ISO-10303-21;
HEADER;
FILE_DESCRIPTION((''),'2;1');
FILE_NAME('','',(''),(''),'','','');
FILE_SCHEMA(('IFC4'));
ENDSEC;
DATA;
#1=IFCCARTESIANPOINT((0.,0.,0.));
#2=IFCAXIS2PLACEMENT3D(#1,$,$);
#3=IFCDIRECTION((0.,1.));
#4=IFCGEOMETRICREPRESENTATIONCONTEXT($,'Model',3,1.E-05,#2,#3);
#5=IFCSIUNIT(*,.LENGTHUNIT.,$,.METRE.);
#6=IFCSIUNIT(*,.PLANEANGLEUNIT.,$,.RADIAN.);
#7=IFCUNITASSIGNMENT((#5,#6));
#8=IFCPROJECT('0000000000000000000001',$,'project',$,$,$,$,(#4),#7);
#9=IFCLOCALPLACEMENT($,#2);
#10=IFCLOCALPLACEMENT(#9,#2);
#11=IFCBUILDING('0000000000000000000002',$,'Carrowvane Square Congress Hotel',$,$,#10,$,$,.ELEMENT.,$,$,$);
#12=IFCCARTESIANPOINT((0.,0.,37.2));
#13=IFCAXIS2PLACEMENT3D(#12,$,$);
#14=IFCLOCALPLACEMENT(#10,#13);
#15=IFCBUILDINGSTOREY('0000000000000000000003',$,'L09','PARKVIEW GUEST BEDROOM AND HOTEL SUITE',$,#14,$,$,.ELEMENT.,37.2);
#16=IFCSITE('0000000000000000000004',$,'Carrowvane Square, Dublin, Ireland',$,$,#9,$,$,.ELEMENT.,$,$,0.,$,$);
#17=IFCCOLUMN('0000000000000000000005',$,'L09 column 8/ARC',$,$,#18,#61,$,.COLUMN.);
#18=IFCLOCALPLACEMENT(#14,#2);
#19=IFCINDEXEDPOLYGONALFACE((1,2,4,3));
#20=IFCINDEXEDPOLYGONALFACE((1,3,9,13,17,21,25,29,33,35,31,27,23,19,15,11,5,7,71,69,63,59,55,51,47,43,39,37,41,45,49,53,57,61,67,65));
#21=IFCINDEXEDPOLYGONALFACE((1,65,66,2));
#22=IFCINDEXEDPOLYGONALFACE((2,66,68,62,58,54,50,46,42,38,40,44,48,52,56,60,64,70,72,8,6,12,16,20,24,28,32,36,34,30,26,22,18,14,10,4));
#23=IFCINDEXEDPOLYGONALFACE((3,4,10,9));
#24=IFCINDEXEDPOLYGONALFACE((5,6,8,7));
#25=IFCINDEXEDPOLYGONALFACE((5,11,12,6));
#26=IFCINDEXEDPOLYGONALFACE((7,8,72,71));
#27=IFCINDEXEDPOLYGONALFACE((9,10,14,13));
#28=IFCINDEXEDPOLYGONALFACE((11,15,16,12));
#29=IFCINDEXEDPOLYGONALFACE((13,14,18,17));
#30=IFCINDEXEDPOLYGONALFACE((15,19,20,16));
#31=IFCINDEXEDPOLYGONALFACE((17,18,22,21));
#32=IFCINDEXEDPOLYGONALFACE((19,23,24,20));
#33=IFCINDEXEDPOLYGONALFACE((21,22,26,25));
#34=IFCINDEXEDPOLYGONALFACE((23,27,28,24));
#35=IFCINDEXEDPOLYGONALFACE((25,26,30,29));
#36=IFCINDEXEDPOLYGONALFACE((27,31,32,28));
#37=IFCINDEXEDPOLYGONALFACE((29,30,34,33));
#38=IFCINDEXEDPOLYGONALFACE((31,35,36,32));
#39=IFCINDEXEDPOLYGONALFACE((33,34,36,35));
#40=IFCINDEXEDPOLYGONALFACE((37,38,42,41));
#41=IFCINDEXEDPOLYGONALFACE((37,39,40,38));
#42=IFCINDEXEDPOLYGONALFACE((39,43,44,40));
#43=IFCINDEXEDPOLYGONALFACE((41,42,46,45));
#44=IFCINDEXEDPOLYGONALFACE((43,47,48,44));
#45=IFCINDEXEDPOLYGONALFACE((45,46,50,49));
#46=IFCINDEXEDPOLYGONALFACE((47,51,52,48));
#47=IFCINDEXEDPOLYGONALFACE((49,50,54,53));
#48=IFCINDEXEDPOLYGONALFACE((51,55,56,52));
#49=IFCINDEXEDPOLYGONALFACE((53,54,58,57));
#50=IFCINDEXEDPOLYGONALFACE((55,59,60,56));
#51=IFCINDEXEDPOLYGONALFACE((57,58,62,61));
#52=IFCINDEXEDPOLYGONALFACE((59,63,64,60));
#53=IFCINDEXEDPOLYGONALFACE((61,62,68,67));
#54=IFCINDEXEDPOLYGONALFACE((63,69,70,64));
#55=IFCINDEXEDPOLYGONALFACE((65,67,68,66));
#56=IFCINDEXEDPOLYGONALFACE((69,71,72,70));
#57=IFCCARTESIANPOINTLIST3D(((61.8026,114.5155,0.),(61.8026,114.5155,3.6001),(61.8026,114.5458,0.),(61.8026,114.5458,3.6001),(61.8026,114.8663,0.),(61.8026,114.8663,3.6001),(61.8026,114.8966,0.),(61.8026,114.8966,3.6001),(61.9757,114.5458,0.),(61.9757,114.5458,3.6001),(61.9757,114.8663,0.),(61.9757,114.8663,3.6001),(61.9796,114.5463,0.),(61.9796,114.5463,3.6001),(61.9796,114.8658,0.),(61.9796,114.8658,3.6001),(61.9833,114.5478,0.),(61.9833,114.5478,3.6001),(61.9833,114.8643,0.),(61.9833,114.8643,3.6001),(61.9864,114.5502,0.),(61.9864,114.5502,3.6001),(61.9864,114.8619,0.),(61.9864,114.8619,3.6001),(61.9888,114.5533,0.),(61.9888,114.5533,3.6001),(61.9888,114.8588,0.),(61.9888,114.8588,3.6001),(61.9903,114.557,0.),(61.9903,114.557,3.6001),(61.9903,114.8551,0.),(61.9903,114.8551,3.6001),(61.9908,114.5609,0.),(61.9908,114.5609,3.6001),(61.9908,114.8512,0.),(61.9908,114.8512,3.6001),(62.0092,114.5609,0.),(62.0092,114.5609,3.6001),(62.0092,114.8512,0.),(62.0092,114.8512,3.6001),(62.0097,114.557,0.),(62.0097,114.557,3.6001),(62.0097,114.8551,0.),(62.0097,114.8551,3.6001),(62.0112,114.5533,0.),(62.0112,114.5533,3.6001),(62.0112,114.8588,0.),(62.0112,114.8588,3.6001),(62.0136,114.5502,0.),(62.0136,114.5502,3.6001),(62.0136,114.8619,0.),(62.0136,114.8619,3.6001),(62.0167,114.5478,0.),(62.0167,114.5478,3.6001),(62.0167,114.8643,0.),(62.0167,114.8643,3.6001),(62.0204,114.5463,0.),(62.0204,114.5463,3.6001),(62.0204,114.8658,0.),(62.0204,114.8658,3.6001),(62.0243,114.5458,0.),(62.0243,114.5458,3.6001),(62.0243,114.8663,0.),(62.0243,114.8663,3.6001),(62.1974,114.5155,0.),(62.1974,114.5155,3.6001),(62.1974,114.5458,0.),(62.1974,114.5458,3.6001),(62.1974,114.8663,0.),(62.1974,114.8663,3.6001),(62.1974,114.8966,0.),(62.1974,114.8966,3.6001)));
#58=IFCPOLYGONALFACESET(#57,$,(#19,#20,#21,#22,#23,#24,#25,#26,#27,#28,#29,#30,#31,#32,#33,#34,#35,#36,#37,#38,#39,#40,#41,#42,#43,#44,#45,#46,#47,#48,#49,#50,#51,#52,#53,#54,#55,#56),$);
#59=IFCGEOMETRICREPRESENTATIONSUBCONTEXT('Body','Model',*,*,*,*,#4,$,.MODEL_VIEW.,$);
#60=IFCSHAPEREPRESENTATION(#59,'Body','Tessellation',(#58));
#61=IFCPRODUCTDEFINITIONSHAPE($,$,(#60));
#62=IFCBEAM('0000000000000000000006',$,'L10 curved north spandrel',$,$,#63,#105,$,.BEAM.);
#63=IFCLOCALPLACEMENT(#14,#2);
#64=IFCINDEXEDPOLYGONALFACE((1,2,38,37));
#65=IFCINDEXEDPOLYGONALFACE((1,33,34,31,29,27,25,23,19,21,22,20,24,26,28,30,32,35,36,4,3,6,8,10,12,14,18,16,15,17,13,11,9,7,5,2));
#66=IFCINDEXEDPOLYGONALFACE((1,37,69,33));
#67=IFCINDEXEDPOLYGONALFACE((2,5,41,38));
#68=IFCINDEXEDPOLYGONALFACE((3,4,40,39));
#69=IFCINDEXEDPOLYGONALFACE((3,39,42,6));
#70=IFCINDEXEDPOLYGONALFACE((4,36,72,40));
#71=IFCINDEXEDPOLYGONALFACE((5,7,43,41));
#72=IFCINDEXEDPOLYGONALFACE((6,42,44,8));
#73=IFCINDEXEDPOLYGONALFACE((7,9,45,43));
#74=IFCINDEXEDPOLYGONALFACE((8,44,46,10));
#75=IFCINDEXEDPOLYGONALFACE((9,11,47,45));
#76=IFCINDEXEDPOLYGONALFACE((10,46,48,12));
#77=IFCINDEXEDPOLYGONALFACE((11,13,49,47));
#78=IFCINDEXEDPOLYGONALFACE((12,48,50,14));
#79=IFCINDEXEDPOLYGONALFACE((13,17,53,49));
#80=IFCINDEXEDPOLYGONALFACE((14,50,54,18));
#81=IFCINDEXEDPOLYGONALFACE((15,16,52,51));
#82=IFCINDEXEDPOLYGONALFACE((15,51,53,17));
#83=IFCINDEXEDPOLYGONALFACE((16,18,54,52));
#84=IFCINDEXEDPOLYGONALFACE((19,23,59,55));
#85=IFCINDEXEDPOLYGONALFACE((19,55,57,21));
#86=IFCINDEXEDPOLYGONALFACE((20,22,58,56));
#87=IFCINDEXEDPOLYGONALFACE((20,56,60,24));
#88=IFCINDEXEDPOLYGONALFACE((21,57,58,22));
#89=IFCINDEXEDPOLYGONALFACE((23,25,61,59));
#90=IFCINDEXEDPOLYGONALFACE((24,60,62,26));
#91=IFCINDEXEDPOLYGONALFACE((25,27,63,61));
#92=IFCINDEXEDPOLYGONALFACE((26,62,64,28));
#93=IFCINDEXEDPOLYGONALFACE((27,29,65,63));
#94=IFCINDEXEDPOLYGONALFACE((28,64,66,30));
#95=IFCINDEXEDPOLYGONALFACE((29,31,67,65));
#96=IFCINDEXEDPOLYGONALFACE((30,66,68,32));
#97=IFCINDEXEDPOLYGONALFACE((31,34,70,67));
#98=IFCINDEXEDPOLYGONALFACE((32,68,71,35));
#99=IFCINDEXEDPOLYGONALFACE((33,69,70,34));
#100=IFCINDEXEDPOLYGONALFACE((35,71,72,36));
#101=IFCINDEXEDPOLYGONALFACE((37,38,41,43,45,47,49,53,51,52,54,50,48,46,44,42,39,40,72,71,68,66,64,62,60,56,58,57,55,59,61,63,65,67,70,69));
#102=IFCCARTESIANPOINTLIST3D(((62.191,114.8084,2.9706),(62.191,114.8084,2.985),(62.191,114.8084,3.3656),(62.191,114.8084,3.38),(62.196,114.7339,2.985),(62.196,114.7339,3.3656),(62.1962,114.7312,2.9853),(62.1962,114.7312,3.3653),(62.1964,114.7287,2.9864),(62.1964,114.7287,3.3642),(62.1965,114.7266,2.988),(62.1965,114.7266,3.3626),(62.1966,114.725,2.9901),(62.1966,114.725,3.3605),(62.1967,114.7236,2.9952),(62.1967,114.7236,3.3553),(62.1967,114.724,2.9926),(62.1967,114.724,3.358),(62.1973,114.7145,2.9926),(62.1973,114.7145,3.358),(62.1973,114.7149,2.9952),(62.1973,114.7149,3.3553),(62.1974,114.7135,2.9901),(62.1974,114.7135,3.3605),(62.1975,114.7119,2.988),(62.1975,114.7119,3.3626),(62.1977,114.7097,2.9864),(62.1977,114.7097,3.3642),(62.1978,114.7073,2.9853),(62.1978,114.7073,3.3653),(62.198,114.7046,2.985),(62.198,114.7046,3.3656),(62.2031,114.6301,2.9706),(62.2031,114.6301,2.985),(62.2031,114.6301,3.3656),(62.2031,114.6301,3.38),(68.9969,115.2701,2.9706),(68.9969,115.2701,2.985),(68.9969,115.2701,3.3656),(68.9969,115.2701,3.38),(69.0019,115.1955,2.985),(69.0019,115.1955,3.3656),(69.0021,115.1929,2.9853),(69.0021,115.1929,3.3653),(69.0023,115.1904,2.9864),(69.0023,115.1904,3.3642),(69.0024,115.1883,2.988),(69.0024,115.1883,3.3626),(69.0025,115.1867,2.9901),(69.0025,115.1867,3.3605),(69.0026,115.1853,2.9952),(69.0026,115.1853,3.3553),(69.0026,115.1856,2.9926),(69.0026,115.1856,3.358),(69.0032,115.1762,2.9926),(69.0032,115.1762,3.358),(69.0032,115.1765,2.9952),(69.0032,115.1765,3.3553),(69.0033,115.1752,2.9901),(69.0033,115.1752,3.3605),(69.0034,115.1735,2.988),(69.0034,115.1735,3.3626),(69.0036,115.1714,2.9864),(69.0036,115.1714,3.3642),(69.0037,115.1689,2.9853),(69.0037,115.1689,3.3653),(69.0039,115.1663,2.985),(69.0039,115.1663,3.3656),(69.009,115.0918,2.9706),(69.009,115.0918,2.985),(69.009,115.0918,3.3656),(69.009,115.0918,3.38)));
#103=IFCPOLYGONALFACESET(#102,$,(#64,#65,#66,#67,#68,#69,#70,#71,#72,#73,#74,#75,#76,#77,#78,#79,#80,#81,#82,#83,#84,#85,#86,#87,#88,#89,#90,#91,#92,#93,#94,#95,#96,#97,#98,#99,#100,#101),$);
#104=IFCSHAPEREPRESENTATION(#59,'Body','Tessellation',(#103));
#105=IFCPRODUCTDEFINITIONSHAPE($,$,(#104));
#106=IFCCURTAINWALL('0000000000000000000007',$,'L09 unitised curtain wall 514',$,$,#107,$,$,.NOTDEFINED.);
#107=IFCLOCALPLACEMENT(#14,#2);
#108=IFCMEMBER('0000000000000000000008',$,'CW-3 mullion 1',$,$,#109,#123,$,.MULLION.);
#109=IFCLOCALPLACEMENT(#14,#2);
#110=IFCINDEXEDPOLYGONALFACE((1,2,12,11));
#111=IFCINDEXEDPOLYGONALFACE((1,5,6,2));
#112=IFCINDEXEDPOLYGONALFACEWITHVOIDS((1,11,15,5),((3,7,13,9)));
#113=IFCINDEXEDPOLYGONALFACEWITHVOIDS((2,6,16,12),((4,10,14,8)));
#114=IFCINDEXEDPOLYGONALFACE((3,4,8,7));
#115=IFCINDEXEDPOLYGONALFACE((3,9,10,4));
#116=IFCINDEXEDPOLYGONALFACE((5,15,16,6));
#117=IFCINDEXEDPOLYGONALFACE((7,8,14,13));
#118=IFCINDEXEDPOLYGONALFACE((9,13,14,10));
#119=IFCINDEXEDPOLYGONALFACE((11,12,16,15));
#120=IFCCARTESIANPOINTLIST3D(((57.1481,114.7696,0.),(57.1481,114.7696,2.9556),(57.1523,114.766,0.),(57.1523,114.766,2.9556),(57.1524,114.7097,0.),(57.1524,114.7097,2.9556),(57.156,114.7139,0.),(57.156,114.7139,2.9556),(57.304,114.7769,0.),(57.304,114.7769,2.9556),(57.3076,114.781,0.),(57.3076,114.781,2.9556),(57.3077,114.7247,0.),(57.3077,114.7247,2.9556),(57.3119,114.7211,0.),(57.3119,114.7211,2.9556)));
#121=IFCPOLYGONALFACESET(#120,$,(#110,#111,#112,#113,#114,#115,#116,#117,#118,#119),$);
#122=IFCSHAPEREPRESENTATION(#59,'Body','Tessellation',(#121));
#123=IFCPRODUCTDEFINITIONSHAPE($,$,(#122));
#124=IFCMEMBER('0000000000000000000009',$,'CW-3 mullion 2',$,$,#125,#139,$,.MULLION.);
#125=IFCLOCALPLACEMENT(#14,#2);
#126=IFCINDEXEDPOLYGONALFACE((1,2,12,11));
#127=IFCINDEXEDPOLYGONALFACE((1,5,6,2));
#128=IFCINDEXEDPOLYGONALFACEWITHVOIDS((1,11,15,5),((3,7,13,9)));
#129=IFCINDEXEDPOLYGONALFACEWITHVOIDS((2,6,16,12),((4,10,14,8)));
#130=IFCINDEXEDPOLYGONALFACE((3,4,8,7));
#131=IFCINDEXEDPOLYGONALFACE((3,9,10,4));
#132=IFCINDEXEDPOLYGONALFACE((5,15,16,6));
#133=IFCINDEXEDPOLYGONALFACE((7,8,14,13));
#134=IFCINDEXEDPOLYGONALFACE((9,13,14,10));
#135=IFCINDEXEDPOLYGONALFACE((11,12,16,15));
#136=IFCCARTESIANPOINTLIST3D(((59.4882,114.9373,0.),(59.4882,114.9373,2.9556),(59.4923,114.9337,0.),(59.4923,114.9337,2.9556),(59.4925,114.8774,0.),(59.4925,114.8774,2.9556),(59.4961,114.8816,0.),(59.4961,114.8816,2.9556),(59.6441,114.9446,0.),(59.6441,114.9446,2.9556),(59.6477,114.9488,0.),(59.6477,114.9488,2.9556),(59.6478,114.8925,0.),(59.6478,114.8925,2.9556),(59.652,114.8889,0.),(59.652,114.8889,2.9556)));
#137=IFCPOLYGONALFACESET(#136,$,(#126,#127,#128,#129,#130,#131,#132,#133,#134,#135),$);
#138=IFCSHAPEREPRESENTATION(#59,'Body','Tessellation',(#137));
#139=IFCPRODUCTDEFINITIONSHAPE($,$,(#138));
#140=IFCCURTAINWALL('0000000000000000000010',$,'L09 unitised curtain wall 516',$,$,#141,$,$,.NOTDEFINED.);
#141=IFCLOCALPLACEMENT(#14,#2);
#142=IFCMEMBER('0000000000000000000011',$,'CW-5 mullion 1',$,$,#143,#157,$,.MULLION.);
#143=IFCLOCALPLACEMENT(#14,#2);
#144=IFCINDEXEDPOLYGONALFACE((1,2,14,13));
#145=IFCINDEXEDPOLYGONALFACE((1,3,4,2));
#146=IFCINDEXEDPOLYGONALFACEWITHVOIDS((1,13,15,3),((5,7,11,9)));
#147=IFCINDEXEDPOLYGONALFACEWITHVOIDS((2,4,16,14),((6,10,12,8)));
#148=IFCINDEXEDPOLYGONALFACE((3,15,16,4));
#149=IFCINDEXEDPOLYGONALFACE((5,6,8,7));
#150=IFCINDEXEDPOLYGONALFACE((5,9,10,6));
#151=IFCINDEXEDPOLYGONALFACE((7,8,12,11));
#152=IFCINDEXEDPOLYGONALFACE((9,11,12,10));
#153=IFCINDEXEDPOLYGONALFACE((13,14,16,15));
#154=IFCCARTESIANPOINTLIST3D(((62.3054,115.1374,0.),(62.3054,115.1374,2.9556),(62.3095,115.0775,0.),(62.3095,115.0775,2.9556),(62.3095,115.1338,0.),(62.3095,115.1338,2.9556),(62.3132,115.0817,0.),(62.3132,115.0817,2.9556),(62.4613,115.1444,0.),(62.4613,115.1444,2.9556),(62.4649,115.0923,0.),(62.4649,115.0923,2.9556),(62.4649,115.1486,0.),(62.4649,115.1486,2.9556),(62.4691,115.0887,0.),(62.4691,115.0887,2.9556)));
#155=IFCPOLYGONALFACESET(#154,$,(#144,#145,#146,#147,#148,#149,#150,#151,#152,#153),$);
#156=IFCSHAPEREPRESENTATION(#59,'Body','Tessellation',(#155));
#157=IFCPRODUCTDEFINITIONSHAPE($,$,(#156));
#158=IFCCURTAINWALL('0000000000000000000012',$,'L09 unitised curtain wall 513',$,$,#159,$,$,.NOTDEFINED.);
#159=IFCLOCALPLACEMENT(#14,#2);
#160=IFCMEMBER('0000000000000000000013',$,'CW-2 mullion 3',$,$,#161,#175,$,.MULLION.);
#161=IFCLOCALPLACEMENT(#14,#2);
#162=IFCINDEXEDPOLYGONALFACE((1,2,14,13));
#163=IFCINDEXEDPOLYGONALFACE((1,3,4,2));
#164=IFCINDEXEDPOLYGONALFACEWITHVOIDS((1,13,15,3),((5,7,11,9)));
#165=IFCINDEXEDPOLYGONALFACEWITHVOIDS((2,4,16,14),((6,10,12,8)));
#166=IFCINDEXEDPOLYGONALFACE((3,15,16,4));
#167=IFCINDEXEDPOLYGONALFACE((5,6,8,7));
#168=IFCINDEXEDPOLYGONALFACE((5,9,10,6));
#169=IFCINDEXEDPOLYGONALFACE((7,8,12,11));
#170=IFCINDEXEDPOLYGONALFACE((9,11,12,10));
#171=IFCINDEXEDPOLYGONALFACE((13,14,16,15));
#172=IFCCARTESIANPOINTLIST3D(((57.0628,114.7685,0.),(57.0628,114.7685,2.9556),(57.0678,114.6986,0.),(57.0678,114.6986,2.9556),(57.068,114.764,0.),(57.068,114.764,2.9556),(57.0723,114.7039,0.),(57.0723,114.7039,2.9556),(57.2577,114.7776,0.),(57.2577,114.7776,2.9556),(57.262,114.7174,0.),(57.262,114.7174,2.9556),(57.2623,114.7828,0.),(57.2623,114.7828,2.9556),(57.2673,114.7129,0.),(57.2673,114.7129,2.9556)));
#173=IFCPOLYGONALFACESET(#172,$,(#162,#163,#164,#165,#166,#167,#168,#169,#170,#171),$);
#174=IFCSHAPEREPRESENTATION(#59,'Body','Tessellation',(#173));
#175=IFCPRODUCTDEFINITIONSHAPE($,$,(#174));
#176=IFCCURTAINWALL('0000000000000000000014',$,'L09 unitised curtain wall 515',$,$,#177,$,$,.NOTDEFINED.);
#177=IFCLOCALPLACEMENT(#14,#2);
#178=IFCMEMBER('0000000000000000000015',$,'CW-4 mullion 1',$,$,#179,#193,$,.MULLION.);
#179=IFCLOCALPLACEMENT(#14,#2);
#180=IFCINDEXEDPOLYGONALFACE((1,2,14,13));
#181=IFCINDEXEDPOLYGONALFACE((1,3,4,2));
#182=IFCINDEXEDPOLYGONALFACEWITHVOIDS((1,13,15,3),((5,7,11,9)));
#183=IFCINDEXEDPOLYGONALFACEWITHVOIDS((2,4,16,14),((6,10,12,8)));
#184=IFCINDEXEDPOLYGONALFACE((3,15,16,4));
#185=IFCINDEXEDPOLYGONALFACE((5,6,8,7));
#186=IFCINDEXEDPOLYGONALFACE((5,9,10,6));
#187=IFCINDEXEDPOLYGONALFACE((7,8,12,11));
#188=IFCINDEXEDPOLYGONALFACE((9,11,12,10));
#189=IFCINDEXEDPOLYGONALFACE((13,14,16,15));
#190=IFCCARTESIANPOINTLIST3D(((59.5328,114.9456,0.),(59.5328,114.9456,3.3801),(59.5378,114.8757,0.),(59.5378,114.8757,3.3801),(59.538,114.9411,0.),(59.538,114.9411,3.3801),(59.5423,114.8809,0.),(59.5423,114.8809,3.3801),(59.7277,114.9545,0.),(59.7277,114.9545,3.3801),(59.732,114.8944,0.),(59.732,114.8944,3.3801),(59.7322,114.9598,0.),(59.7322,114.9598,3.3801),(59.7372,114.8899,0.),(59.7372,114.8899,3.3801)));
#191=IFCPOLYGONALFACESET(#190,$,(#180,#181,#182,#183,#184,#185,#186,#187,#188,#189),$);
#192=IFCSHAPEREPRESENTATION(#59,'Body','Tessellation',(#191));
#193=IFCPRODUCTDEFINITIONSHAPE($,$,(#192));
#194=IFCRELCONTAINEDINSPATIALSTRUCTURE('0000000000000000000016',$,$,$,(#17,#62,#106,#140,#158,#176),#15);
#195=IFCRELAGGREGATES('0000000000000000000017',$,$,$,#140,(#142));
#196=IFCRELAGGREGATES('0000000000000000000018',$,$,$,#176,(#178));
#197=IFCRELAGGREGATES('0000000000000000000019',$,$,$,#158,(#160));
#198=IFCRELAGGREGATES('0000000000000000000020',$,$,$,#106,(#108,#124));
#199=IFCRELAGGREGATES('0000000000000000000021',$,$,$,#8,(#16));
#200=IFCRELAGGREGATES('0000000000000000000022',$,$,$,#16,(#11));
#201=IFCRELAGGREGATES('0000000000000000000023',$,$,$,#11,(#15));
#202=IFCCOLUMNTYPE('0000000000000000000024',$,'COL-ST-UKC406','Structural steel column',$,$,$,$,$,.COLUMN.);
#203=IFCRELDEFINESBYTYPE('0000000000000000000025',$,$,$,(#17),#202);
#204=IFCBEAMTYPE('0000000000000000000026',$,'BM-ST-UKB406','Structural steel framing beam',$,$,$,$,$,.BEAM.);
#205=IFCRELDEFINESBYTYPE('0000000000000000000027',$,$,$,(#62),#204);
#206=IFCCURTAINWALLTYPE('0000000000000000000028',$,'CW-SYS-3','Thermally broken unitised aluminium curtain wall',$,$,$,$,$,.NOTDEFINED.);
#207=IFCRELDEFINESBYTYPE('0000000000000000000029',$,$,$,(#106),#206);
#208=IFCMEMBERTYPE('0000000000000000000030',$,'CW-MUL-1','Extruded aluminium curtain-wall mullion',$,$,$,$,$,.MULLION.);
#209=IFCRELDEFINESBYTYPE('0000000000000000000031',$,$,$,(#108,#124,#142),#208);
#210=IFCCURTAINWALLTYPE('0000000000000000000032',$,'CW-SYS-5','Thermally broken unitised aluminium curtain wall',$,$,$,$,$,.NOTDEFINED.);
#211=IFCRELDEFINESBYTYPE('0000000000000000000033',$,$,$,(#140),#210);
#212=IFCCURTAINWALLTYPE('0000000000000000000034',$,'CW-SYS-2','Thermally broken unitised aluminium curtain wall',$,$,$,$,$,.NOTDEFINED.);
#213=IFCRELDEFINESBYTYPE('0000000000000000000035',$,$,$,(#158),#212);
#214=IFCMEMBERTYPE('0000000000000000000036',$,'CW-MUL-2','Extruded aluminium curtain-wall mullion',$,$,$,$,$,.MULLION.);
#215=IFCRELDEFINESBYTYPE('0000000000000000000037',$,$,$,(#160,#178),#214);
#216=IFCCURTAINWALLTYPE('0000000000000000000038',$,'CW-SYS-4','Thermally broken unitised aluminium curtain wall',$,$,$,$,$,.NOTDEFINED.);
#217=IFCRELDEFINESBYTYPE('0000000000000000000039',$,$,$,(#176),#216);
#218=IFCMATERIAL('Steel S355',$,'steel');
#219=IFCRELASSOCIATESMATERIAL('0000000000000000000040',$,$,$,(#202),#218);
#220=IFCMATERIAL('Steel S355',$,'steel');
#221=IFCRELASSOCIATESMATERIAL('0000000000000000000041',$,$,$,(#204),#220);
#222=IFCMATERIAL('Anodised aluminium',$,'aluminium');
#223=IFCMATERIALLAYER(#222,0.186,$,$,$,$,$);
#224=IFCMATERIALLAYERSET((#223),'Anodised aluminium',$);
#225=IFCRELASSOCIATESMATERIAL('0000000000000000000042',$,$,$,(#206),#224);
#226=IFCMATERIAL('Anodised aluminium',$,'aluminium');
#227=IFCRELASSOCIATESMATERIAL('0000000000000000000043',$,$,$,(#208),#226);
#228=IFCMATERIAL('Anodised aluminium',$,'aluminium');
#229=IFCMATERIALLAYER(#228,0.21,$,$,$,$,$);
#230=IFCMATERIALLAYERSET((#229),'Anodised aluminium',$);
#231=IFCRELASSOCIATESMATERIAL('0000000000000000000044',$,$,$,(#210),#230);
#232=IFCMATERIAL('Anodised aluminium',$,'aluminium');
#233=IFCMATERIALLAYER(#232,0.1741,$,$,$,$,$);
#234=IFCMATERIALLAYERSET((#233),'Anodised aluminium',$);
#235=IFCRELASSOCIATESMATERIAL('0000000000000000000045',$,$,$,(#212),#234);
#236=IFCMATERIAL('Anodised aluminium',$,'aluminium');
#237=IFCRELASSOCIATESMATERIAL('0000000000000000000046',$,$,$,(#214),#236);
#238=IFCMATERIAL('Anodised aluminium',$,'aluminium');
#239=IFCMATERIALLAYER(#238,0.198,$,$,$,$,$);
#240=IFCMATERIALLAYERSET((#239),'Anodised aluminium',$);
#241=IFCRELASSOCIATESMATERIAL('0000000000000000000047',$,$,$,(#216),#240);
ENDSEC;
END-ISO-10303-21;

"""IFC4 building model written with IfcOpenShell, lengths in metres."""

from ifc_helpers import new_model, si_unit, direction, frame, origin, origin_2d, place, context, subcontext, project, spatial, hollow_rectangle, i_section, extrude, material, layer, layer_set, material_profile, profile_set, type_object, element, aggregate, save


model = new_model("IFC4")

# Units and contexts
model_context = context("Model", 3, precision=1e-05, world=origin(), true_north=direction((0.0, 1.0)))
body_context = subcontext(model_context, "Body", "Model", "MODEL_VIEW")
ifc_project = project(units=[si_unit("LENGTHUNIT", "METRE"), si_unit("PLANEANGLEUNIT", "RADIAN")], contexts=[model_context])

# Site, building, storey
site_placement = place(None, origin())
site = spatial("IfcSite", under=ifc_project, at=site_placement, Name="Carrowvane Square, Dublin, Ireland", CompositionType="ELEMENT", RefElevation=0.0)
building_placement = place(site_placement, origin())
building = spatial("IfcBuilding", under=site, at=building_placement, Name="Carrowvane Square Congress Hotel", CompositionType="ELEMENT")
storey_placement = place(building_placement, frame((0.0, 0.0, 37.2)))
storey = spatial("IfcBuildingStorey", under=building, at=storey_placement, Name="L09", Description="PARKVIEW GUEST BEDROOM AND HOTEL SUITE", CompositionType="ELEMENT", Elevation=37.2)

# Column
ifc_material_1 = material(Name="Steel S355", Category="steel")
ifc_material_profile_1 = material_profile(ifc_material_1, i_section(OverallWidth=0.3948, OverallDepth=0.3811, WebThickness=0.0183, FlangeThickness=0.0303, FilletRadius=0.0151, at=origin_2d()), Name="UKC 356x406x235")
ifc_profile_set_1 = profile_set([ifc_material_profile_1], Name="Steel S355")
column_type = type_object("IfcColumnType", Name="COL-ST-UKC406", Description="Structural steel column", PredefinedType="COLUMN", material=ifc_profile_set_1)
column_placement = place(storey_placement, frame((62.0, 114.7061, 0.0), z_axis=(0.0, 0.0, 1.0), x_axis=(1.0, 0.0, 0.0)))
element("IfcColumn", 1, at=column_placement, inside=storey, type_object=column_type, Name="L09 column 8/ARC", PredefinedType="COLUMN", context=body_context, shape_type="SweptSolid", body=[
    extrude(i_section(OverallWidth=0.3948, OverallDepth=0.3811, WebThickness=0.0183, FlangeThickness=0.0303, FilletRadius=0.0151, at=origin_2d()), origin(), (0.0, 0.0, 1.0), 3.6001),
])

# Beam
ifc_material_2 = material(Name="Steel S355", Category="steel")
ifc_material_profile_2 = material_profile(ifc_material_2, i_section(OverallWidth=0.1787, OverallDepth=0.4094, WebThickness=0.0088, FlangeThickness=0.0144, FilletRadius=0.0103, at=origin_2d()), Name="UKB 406x178x67")
ifc_profile_set_2 = profile_set([ifc_material_profile_2], Name="Steel S355")
beam_type = type_object("IfcBeamType", Name="BM-ST-UKB406", Description="Structural steel framing beam", PredefinedType="BEAM", material=ifc_profile_set_2)
beam_placement = place(storey_placement, frame((62.197, 114.7192, 3.1753), z_axis=(0.997707, 0.067678, 0.0), x_axis=(-0.067678, 0.997707, 0.0)))
element("IfcBeam", 2, at=beam_placement, inside=storey, type_object=beam_type, Name="L10 curved north spandrel", PredefinedType="BEAM", context=body_context, shape_type="SweptSolid", body=[
    extrude(i_section(OverallWidth=0.1787, OverallDepth=0.4094, WebThickness=0.0088, FlangeThickness=0.0144, FilletRadius=0.0103, at=origin_2d()), origin(), (0.0, 0.0, 1.0), 6.8215),
])

# Curtain wall, members
ifc_material_3 = material(Name="Anodised aluminium", Category="aluminium")
ifc_layer_1 = layer(ifc_material_3, 0.186)
ifc_layer_set_1 = layer_set([ifc_layer_1], Name="Anodised aluminium")
curtain_wall_type_1 = type_object("IfcCurtainWallType", Name="CW-SYS-3", Description="Thermally broken unitised aluminium curtain wall", PredefinedType="NOTDEFINED", material=ifc_layer_set_1)
curtain_wall_1_placement = place(storey_placement, origin())
curtain_wall_1 = element("IfcCurtainWall", 3, at=curtain_wall_1_placement, inside=storey, type_object=curtain_wall_type_1, Name="L09 unitised curtain wall 514", PredefinedType="NOTDEFINED")
ifc_material_4 = material(Name="Anodised aluminium", Category="aluminium")
ifc_material_profile_3 = material_profile(ifc_material_4, hollow_rectangle(XDim=0.0601, YDim=0.1599, WallThickness=0.0039, at=origin_2d()), Name="CW-ML 60x160x4")
ifc_profile_set_3 = profile_set([ifc_material_profile_3], Name="Anodised aluminium")
member_type_1 = type_object("IfcMemberType", Name="CW-MUL-1", Description="Extruded aluminium curtain-wall mullion", PredefinedType="MULLION", material=ifc_profile_set_3)
member_1_placement = place(storey_placement, frame((57.23, 114.7454, 0.0), z_axis=(0.0, 0.0, 1.0), x_axis=(-0.071532, 0.997438, 0.0)))
member_1 = element("IfcMember", 4, at=member_1_placement, type_object=member_type_1, Name="CW-3 mullion 1", PredefinedType="MULLION", context=body_context, shape_type="SweptSolid", body=[
    extrude(hollow_rectangle(XDim=0.0601, YDim=0.1599, WallThickness=0.0039, at=origin_2d()), origin(), (0.0, 0.0, 1.0), 2.9556),
])
member_2_placement = place(storey_placement, frame((59.5701, 114.9131, 0.0), z_axis=(0.0, 0.0, 1.0), x_axis=(-0.071532, 0.997438, 0.0)))
member_2 = element("IfcMember", 5, at=member_2_placement, type_object=member_type_1, Name="CW-3 mullion 2", PredefinedType="MULLION", context=body_context, shape_type="SweptSolid", body=[
    extrude(hollow_rectangle(XDim=0.0601, YDim=0.1599, WallThickness=0.0039, at=origin_2d()), origin(), (0.0, 0.0, 1.0), 2.9556),
])

# Curtain walls, members
ifc_material_5 = material(Name="Anodised aluminium", Category="aluminium")
ifc_layer_2 = layer(ifc_material_5, 0.21)
ifc_layer_set_2 = layer_set([ifc_layer_2], Name="Anodised aluminium")
curtain_wall_type_2 = type_object("IfcCurtainWallType", Name="CW-SYS-5", Description="Thermally broken unitised aluminium curtain wall", PredefinedType="NOTDEFINED", material=ifc_layer_set_2)
curtain_wall_2_placement = place(storey_placement, origin())
curtain_wall_2 = element("IfcCurtainWall", 6, at=curtain_wall_2_placement, inside=storey, type_object=curtain_wall_type_2, Name="L09 unitised curtain wall 516", PredefinedType="NOTDEFINED")
member_3_placement = place(storey_placement, frame((62.3872, 115.113, 0.0), z_axis=(0.0, 0.0, 1.0), x_axis=(-0.069724, 0.997566, 0.0)))
member_3 = element("IfcMember", 7, at=member_3_placement, type_object=member_type_1, Name="CW-5 mullion 1", PredefinedType="MULLION", context=body_context, shape_type="SweptSolid", body=[
    extrude(hollow_rectangle(XDim=0.0601, YDim=0.1599, WallThickness=0.0039, at=origin_2d()), origin(), (0.0, 0.0, 1.0), 2.9556),
])
ifc_material_6 = material(Name="Anodised aluminium", Category="aluminium")
ifc_layer_3 = layer(ifc_material_6, 0.1741)
ifc_layer_set_3 = layer_set([ifc_layer_3], Name="Anodised aluminium")
curtain_wall_type_3 = type_object("IfcCurtainWallType", Name="CW-SYS-2", Description="Thermally broken unitised aluminium curtain wall", PredefinedType="NOTDEFINED", material=ifc_layer_set_3)
curtain_wall_3_placement = place(storey_placement, origin())
curtain_wall_3 = element("IfcCurtainWall", 8, at=curtain_wall_3_placement, inside=storey, type_object=curtain_wall_type_3, Name="L09 unitised curtain wall 513", PredefinedType="NOTDEFINED")
ifc_material_7 = material(Name="Anodised aluminium", Category="aluminium")
ifc_material_profile_4 = material_profile(ifc_material_7, hollow_rectangle(XDim=0.0701, YDim=0.2, WallThickness=0.0049, at=origin_2d()), Name="CW-ML 70x200x5")
ifc_profile_set_4 = profile_set([ifc_material_profile_4], Name="Anodised aluminium")
member_type_2 = type_object("IfcMemberType", Name="CW-MUL-2", Description="Extruded aluminium curtain-wall mullion", PredefinedType="MULLION", material=ifc_profile_set_4)
member_4_placement = place(storey_placement, frame((57.165, 114.7407, 0.0), z_axis=(0.0, 0.0, 1.0), x_axis=(-0.071418, 0.997446, 0.0)))
member_4 = element("IfcMember", 9, at=member_4_placement, type_object=member_type_2, Name="CW-2 mullion 3", PredefinedType="MULLION", context=body_context, shape_type="SweptSolid", body=[
    extrude(hollow_rectangle(XDim=0.0701, YDim=0.2, WallThickness=0.0049, at=origin_2d()), origin(), (0.0, 0.0, 1.0), 2.9556),
])

# Curtain wall, member
ifc_material_8 = material(Name="Anodised aluminium", Category="aluminium")
ifc_layer_4 = layer(ifc_material_8, 0.198)
ifc_layer_set_4 = layer_set([ifc_layer_4], Name="Anodised aluminium")
curtain_wall_type_4 = type_object("IfcCurtainWallType", Name="CW-SYS-4", Description="Thermally broken unitised aluminium curtain wall", PredefinedType="NOTDEFINED", material=ifc_layer_set_4)
curtain_wall_4_placement = place(storey_placement, origin())
curtain_wall_4 = element("IfcCurtainWall", 10, at=curtain_wall_4_placement, inside=storey, type_object=curtain_wall_type_4, Name="L09 unitised curtain wall 515", PredefinedType="NOTDEFINED")
member_5_placement = place(storey_placement, frame((59.635, 114.9177, 0.0), z_axis=(0.0, 0.0, 1.0), x_axis=(-0.07096, 0.997479, 0.0)))
member_5 = element("IfcMember", 11, at=member_5_placement, type_object=member_type_2, Name="CW-4 mullion 1", PredefinedType="MULLION", context=body_context, shape_type="SweptSolid", body=[
    extrude(hollow_rectangle(XDim=0.0701, YDim=0.2, WallThickness=0.0049, at=origin_2d()), origin(), (0.0, 0.0, 1.0), 3.3801),
])

aggregate(curtain_wall_2, [member_3])

aggregate(curtain_wall_4, [member_5])
aggregate(curtain_wall_3, [member_4])
aggregate(curtain_wall_1, [member_1, member_2])

save(model, "model.ifc")
